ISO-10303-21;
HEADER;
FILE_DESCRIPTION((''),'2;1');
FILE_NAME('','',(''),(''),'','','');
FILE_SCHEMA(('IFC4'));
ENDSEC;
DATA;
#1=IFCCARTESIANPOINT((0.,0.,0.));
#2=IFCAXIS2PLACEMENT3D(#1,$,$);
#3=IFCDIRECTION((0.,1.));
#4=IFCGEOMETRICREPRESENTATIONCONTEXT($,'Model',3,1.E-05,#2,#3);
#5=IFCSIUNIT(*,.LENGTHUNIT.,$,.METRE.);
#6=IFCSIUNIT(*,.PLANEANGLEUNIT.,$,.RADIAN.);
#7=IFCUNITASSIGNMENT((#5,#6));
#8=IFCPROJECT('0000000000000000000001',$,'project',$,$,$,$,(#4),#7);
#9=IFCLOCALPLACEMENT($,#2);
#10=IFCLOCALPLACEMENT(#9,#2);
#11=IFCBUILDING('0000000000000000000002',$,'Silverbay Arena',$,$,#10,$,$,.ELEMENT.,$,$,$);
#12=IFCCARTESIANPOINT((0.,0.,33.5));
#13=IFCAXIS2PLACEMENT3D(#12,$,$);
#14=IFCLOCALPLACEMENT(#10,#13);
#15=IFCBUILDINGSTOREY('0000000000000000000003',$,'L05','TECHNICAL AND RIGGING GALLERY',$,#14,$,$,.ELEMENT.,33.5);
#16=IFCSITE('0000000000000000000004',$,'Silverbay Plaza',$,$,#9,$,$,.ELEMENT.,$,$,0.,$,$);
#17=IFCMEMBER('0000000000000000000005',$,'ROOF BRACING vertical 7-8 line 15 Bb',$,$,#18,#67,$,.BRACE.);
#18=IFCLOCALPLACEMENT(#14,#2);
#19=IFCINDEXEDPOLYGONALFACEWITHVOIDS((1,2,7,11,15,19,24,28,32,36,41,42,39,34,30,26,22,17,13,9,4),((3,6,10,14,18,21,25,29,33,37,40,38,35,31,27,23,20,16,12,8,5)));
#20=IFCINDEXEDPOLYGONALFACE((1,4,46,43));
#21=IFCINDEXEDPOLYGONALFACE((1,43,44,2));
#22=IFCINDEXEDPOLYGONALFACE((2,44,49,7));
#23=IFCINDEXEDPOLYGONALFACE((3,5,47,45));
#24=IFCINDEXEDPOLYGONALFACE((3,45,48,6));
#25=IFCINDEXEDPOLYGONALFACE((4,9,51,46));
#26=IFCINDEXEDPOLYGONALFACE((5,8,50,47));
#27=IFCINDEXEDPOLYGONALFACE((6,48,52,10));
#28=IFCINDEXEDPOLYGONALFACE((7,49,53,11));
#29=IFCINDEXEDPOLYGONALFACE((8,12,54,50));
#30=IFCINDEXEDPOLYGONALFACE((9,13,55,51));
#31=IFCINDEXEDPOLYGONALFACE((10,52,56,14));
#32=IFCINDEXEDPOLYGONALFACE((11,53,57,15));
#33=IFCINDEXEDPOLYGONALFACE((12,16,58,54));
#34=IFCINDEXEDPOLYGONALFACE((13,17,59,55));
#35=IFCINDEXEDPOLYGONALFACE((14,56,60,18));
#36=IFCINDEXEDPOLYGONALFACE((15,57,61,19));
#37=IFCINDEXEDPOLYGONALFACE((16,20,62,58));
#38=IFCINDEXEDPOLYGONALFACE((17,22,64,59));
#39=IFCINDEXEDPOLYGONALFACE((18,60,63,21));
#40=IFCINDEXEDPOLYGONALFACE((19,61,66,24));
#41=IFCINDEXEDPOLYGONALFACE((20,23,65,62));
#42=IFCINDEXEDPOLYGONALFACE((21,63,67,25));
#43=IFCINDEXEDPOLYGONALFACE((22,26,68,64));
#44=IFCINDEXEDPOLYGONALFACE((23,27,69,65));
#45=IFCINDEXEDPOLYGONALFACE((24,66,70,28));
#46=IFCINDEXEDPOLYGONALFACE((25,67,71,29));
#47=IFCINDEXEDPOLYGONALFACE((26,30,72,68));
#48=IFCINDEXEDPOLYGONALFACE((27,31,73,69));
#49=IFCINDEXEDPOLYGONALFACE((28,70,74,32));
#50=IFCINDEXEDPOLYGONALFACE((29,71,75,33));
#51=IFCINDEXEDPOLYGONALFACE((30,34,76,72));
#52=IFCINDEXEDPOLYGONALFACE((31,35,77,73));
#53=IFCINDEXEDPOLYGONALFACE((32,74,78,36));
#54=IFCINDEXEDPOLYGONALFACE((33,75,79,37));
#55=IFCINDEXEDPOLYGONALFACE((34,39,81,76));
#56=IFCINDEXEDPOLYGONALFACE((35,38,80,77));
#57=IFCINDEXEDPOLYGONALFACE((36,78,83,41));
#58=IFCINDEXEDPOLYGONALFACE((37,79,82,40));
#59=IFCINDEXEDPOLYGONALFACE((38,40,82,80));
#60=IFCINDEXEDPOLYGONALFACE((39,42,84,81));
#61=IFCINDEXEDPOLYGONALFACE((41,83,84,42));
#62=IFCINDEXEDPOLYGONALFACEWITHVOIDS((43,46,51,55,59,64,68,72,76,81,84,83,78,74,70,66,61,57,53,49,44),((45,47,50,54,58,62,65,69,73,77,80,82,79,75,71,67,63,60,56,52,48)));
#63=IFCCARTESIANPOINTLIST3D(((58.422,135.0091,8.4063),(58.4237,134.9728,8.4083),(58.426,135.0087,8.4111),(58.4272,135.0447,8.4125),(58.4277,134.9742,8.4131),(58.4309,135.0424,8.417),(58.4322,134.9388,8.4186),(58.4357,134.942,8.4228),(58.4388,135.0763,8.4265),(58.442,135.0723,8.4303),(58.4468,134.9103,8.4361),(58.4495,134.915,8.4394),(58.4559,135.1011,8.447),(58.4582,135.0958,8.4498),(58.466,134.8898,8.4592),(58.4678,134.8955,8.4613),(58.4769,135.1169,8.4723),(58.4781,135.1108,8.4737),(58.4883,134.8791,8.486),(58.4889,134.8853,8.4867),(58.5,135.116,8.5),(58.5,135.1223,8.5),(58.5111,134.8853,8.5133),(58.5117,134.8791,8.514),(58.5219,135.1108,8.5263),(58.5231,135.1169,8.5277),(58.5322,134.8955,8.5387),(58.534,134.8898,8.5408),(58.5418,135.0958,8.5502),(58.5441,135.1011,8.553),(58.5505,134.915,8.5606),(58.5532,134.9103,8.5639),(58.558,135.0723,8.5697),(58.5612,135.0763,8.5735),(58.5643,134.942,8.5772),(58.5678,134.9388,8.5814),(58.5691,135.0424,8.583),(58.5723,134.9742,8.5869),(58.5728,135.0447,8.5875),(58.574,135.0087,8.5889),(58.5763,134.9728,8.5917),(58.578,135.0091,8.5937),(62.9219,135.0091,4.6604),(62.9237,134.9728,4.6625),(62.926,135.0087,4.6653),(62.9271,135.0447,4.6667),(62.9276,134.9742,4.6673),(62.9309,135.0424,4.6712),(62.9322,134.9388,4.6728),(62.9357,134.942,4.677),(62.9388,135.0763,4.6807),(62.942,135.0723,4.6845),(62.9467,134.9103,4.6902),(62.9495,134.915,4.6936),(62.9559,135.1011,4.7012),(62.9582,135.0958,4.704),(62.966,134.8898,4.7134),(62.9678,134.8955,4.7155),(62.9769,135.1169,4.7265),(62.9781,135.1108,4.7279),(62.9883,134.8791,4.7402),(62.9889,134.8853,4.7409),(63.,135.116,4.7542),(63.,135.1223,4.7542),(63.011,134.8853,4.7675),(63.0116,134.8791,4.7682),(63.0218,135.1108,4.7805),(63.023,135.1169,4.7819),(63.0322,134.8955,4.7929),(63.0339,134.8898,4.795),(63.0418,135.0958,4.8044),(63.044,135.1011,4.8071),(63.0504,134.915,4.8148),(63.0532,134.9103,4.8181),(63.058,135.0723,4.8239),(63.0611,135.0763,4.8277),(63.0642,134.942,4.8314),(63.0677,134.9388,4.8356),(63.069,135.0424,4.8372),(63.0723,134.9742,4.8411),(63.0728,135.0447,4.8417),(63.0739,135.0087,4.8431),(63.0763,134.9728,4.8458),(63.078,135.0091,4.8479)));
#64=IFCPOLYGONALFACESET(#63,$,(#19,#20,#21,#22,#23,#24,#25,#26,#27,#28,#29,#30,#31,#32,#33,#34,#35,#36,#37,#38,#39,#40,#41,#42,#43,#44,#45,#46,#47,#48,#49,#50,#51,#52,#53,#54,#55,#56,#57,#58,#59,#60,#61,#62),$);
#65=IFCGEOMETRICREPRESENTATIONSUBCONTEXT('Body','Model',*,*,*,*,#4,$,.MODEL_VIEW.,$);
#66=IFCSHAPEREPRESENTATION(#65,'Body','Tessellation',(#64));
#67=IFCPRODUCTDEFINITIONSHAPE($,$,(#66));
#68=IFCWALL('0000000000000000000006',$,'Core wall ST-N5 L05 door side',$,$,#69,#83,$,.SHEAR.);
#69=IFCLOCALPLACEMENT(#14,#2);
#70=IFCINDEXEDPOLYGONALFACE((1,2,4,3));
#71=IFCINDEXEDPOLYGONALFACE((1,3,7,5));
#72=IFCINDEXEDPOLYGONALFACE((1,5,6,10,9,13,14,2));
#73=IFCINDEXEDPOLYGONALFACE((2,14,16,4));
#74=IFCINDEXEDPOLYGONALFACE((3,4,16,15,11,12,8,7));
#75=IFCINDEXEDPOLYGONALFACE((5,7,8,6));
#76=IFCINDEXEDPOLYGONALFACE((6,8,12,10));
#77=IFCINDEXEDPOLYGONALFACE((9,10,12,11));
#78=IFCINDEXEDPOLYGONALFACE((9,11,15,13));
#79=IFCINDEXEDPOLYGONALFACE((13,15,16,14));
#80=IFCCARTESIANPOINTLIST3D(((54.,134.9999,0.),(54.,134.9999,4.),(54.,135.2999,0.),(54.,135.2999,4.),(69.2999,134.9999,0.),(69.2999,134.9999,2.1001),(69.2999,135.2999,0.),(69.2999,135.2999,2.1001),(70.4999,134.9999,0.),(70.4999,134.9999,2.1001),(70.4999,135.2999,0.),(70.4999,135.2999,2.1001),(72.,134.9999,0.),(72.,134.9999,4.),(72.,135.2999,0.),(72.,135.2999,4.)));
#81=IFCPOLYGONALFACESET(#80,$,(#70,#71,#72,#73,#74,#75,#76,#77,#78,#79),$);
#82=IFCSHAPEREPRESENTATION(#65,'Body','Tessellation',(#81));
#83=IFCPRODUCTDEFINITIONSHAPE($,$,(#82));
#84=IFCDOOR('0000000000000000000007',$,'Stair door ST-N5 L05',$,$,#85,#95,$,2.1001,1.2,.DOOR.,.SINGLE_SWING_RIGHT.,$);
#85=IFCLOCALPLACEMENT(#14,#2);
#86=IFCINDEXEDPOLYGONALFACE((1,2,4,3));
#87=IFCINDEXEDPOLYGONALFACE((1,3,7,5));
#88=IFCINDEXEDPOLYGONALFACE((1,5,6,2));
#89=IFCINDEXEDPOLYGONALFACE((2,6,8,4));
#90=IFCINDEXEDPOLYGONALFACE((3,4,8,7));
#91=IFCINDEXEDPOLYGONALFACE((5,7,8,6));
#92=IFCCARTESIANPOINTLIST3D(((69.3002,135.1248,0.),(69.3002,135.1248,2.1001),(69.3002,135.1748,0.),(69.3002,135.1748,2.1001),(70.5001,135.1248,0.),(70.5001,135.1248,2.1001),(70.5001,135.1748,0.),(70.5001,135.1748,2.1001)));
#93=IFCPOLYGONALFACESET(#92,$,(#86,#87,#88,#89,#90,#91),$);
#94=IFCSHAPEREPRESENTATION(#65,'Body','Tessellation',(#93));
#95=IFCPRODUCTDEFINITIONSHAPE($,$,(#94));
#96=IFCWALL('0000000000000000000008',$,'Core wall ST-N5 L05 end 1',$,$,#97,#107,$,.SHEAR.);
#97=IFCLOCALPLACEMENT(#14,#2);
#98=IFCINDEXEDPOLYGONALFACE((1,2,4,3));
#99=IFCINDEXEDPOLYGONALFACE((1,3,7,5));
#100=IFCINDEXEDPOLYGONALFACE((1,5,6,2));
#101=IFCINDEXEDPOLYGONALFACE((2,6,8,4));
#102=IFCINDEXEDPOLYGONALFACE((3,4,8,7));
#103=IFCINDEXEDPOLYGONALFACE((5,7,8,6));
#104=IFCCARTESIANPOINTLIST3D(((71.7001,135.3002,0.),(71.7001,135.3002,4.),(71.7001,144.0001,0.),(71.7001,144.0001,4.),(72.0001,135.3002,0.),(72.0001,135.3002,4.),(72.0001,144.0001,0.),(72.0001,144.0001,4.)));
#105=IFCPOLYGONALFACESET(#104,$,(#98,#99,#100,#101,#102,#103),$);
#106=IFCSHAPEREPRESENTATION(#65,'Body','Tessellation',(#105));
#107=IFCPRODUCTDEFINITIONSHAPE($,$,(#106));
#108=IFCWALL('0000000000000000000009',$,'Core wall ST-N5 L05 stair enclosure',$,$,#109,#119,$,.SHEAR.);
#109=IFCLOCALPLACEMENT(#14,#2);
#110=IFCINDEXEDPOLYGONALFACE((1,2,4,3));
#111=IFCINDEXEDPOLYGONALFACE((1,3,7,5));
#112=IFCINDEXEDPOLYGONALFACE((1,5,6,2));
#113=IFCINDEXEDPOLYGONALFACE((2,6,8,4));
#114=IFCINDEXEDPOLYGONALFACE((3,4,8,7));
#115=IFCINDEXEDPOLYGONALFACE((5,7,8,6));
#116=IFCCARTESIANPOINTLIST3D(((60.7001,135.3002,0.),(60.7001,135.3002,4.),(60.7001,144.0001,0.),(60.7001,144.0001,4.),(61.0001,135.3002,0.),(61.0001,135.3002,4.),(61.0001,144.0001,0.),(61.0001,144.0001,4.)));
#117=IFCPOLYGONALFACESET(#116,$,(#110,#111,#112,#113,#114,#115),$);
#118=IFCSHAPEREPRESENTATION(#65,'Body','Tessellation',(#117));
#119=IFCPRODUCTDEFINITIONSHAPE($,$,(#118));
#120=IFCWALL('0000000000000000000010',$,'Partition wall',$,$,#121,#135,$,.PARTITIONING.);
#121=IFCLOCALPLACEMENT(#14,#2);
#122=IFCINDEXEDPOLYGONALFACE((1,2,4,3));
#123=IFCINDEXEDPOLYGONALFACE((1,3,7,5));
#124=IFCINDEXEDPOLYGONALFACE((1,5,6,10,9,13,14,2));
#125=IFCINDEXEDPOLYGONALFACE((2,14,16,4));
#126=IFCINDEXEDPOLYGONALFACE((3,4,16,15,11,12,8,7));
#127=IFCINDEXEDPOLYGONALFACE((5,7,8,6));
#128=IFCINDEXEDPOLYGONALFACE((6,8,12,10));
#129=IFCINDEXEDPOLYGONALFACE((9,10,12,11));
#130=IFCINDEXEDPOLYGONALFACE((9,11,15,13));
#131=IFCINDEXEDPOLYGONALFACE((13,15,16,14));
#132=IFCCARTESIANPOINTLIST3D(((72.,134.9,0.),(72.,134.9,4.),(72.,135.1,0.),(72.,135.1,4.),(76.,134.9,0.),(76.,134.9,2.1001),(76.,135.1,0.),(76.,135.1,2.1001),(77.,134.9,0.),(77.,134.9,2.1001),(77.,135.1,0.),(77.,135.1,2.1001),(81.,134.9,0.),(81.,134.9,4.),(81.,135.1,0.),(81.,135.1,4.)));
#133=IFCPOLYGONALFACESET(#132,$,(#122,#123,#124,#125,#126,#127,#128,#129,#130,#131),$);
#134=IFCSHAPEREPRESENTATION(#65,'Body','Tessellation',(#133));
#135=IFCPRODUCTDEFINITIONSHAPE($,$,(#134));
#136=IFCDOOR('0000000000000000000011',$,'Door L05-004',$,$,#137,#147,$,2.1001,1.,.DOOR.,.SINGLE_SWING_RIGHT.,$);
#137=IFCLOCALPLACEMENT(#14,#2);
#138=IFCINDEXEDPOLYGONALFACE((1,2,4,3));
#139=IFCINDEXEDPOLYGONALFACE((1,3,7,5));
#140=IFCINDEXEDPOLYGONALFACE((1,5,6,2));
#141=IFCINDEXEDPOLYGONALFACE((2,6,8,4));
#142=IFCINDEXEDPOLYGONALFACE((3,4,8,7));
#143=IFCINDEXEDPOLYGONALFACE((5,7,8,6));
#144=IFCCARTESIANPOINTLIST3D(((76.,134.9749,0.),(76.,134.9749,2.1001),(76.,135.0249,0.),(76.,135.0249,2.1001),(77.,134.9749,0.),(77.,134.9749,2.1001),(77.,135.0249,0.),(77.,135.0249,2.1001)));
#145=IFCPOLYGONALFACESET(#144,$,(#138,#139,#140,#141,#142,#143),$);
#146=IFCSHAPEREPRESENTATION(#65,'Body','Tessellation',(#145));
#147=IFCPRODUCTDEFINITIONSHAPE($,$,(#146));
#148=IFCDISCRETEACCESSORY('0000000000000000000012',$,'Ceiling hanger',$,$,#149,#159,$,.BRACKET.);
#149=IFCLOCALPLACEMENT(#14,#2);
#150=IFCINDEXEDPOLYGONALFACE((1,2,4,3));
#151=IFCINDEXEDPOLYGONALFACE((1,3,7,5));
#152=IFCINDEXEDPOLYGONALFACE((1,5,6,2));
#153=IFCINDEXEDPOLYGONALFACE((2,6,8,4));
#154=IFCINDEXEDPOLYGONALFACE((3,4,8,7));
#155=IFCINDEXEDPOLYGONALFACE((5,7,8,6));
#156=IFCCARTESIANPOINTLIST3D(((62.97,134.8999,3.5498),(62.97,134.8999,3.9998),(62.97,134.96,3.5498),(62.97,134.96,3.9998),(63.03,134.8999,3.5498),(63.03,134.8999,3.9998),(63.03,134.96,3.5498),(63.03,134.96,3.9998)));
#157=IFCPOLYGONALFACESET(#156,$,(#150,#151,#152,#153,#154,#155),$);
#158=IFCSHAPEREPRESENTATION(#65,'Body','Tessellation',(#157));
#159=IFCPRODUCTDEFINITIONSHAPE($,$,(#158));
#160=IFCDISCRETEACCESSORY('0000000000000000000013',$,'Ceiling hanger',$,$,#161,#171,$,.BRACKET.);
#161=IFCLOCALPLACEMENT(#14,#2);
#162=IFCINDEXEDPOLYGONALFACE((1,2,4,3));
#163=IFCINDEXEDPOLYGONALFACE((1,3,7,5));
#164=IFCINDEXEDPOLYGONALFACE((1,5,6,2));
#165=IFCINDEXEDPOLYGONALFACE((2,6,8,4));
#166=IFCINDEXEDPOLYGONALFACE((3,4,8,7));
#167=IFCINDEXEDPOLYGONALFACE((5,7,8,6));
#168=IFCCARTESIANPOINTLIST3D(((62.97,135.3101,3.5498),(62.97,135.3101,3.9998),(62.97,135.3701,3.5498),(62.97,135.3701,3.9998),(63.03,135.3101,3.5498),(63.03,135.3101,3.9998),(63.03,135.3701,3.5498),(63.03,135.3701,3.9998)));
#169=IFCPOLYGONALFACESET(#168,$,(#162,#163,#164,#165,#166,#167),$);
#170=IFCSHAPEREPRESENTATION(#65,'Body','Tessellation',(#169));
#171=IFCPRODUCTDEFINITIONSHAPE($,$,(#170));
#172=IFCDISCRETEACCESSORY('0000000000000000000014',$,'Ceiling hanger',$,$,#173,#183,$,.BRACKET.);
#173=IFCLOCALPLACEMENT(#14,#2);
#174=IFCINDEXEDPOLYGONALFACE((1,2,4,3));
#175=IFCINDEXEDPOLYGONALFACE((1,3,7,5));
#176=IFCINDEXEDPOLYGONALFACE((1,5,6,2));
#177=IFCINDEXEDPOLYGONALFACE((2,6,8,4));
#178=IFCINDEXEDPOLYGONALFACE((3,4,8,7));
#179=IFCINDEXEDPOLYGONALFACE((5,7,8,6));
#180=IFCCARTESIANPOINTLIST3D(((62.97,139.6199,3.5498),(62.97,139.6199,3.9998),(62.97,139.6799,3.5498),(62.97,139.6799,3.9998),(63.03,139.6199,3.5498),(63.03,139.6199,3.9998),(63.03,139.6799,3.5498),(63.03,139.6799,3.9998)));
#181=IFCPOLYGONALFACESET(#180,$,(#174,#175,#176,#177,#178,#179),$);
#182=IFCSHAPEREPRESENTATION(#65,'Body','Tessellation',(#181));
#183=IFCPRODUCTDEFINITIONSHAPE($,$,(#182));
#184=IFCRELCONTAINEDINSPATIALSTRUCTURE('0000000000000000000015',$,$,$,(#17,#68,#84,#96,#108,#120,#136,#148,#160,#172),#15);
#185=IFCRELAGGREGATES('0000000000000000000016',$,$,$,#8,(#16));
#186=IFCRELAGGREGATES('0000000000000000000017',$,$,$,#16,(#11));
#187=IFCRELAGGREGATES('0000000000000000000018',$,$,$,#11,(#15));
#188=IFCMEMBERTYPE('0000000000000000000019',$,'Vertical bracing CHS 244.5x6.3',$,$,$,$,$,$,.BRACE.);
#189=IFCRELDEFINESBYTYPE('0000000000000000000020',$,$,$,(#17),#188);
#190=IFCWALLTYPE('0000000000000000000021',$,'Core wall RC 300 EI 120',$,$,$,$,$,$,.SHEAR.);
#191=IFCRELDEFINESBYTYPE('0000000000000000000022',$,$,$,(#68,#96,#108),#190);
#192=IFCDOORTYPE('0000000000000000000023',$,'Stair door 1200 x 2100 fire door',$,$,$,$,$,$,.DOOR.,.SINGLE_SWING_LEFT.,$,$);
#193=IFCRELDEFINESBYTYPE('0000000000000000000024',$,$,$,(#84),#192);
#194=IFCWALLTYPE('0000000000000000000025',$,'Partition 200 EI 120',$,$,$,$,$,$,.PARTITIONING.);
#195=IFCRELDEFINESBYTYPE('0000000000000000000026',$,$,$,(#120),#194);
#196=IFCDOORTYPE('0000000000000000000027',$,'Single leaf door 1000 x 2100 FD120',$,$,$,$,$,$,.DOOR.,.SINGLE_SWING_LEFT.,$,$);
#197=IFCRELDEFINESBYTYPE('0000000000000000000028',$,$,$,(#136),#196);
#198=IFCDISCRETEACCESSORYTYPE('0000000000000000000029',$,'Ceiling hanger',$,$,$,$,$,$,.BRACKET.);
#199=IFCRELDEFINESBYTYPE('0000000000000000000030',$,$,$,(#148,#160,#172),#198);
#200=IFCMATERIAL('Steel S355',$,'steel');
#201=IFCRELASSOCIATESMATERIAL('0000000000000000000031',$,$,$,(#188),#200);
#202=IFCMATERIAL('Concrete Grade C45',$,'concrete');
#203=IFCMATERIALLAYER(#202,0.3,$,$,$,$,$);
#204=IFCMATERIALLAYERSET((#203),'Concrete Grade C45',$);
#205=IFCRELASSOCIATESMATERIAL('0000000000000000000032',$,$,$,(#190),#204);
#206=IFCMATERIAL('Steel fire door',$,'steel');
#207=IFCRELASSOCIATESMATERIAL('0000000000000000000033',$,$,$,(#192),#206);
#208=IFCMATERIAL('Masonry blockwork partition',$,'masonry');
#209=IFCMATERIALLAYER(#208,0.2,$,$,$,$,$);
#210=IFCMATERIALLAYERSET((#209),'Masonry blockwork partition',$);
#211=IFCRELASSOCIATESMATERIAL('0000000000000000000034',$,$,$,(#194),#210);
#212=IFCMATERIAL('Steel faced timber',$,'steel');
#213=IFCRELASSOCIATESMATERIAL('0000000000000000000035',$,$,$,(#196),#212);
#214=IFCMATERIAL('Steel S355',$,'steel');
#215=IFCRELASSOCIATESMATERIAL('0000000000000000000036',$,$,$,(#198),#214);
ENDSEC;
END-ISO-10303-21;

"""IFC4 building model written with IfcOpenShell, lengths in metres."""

from ifc_helpers import new_model, si_unit, direction, frame, frame_2d, origin, origin_2d, place, context, subcontext, project, spatial, rectangle, hollow_circle, extrude, material, layer, layer_set, material_profile, profile_set, type_object, element, fill, save


model = new_model("IFC4")

# Units and contexts
model_context = context("Model", 3, precision=1e-05, world=origin(), true_north=direction((0.0, 1.0)))
body_context = subcontext(model_context, "Body", "Model", "MODEL_VIEW")
ifc_project = project(units=[si_unit("LENGTHUNIT", "METRE"), si_unit("PLANEANGLEUNIT", "RADIAN")], contexts=[model_context])

# Site, building, storey
site_placement = place(None, origin())
site = spatial("IfcSite", under=ifc_project, at=site_placement, Name="Silverbay Plaza", CompositionType="ELEMENT", RefElevation=0.0)
building_placement = place(site_placement, origin())
building = spatial("IfcBuilding", under=site, at=building_placement, Name="Silverbay Arena", CompositionType="ELEMENT")
storey_placement = place(building_placement, frame((0.0, 0.0, 33.5)))
storey = spatial("IfcBuildingStorey", under=building, at=storey_placement, Name="L05", Description="TECHNICAL AND RIGGING GALLERY", CompositionType="ELEMENT", Elevation=33.5)

# Member
ifc_material_1 = material(Name="Steel S355", Category="steel")
ifc_material_profile_1 = material_profile(ifc_material_1, hollow_circle(Radius=0.1223, WallThickness=0.0063, at=origin_2d()), Name="CHS 244.5x6.3")
ifc_profile_set_1 = profile_set([ifc_material_profile_1], Name="Steel S355")
member_type_1 = type_object("IfcMemberType", Name="Vertical bracing CHS 244.5x6.3", PredefinedType="BRACE", material=ifc_profile_set_1)
for number, where, z_axis, x_axis, name in (
    (1, (58.5, 135.0, 8.5), (0.76857, 0.0, -0.639766), (0.0, 1.0, 0.0), "ROOF BRACING vertical 7-8 line 15 Bb"),
):
    element("IfcMember", number, at=place(storey_placement, frame(where, z_axis=z_axis, x_axis=x_axis)), inside=storey, type_object=member_type_1, Name=name, PredefinedType="BRACE", context=body_context, shape_type="SweptSolid", body=[
        extrude(hollow_circle(Radius=0.1223, WallThickness=0.0063, at=origin_2d()), origin(), (0.0, 0.0, 1.0), 5.855),
    ])

# Wall, opening, door
ifc_material_2 = material(Name="Concrete Grade C45", Category="concrete")
ifc_layer_1 = layer(ifc_material_2, 0.3)
ifc_layer_set_1 = layer_set([ifc_layer_1], Name="Concrete Grade C45")
wall_type_1 = type_object("IfcWallType", Name="Core wall RC 300 EI 120", PredefinedType="SHEAR", material=ifc_layer_set_1)
wall_1_placement = place(storey_placement, frame((72.0, 135.1499, 0.0), z_axis=(0.0, 0.0, 1.0), x_axis=(-1.0, 0.0, 0.0)))
wall_1 = element("IfcWall", 2, at=wall_1_placement, inside=storey, type_object=wall_type_1, Name="Core wall ST-N5 L05 door side", PredefinedType="SHEAR", context=body_context, shape_type="SweptSolid", body=[
    extrude(rectangle(XDim=18.0, YDim=0.3, at=frame_2d((9.0, 0.0))), origin(), (0.0, 0.0, 1.0), 4.0),
])
opening_1_placement = place(wall_1_placement, frame((1.5, 0.0, 0.0)))
opening_1 = element("IfcOpeningElement", 3, at=opening_1_placement, cuts=wall_1, PredefinedType="OPENING", context=body_context, shape_type="SweptSolid", body=[
    extrude(rectangle(XDim=1.2, YDim=2.1001, at=frame_2d((0.6001, 1.05))), frame((0.0, 0.1602, 0.0), z_axis=(0.0, -1.0, 0.0), x_axis=(1.0, 0.0, 0.0)), (0.0, 0.0, 1.0), 0.3201),
])
ifc_material_3 = material(Name="Steel fire door", Category="steel")
door_type_1 = type_object("IfcDoorType", Name="Stair door 1200 x 2100 fire door", OperationType="SINGLE_SWING_LEFT", PredefinedType="DOOR", material=ifc_material_3)
door_1_placement = place(opening_1_placement, frame((1.2, 0.0, 0.0), z_axis=(0.0, 0.0, 1.0), x_axis=(-1.0, 0.0, 0.0)))
door_1 = element("IfcDoor", 4, at=door_1_placement, inside=storey, type_object=door_type_1, Name="Stair door ST-N5 L05", OperationType="SINGLE_SWING_RIGHT", OverallHeight=2.1001, OverallWidth=1.2, PredefinedType="DOOR", context=body_context, shape_type="SweptSolid", body=[
    extrude(rectangle(XDim=1.2, YDim=2.1001, at=frame_2d((0.6001, 1.05))), frame((0.0, 0.0249, 0.0), z_axis=(0.0, -1.0, 0.0), x_axis=(1.0, 0.0, 0.0)), (0.0, 0.0, 1.0), 0.05),
])
fill(opening_1, door_1)

# Walls
for number, where, z_axis, x_axis, name in (
    (5, (71.8501, 135.3, 0.0), (0.0, 0.0, 1.0), (0.0, 1.0, 0.0), "Core wall ST-N5 L05 end 1"),
    (6, (60.8501, 135.3, 0.0), (0.0, 0.0, 1.0), (0.0, 1.0, 0.0), "Core wall ST-N5 L05 stair enclosure"),
):
    element("IfcWall", number, at=place(storey_placement, frame(where, z_axis=z_axis, x_axis=x_axis)), inside=storey, type_object=wall_type_1, Name=name, PredefinedType="SHEAR", context=body_context, shape_type="SweptSolid", body=[
        extrude(rectangle(XDim=8.7, YDim=0.3, at=frame_2d((4.3501, 0.0))), origin(), (0.0, 0.0, 1.0), 4.0),
    ])

# Wall, opening, door
ifc_material_4 = material(Name="Masonry blockwork partition", Category="masonry")
ifc_layer_2 = layer(ifc_material_4, 0.2)
ifc_layer_set_2 = layer_set([ifc_layer_2], Name="Masonry blockwork partition")
wall_type_2 = type_object("IfcWallType", Name="Partition 200 EI 120", PredefinedType="PARTITIONING", material=ifc_layer_set_2)
wall_2_placement = place(storey_placement, frame((72.0, 135.0, 0.0), z_axis=(0.0, 0.0, 1.0), x_axis=(1.0, 0.0, 0.0)))
wall_2 = element("IfcWall", 7, at=wall_2_placement, inside=storey, type_object=wall_type_2, Name="Partition wall", PredefinedType="PARTITIONING", context=body_context, shape_type="SweptSolid", body=[
    extrude(rectangle(XDim=9.0, YDim=0.2, at=frame_2d((4.5, 0.0))), origin(), (0.0, 0.0, 1.0), 4.0),
])
opening_2_placement = place(wall_2_placement, frame((4.0, 0.0, 0.0)))
opening_2 = element("IfcOpeningElement", 8, at=opening_2_placement, cuts=wall_2, PredefinedType="OPENING", context=body_context, shape_type="SweptSolid", body=[
    extrude(rectangle(XDim=1.0, YDim=2.1001, at=frame_2d((0.5, 1.05))), frame((0.0, 0.1099, 0.0), z_axis=(0.0, -1.0, 0.0), x_axis=(1.0, 0.0, 0.0)), (0.0, 0.0, 1.0), 0.22),
])
ifc_material_5 = material(Name="Steel faced timber", Category="steel")
door_type_2 = type_object("IfcDoorType", Name="Single leaf door 1000 x 2100 FD120", OperationType="SINGLE_SWING_LEFT", PredefinedType="DOOR", material=ifc_material_5)
door_2_placement = place(opening_2_placement, origin())
door_2 = element("IfcDoor", 9, at=door_2_placement, inside=storey, type_object=door_type_2, Name="Door L05-004", OperationType="SINGLE_SWING_RIGHT", OverallHeight=2.1001, OverallWidth=1.0, PredefinedType="DOOR", context=body_context, shape_type="SweptSolid", body=[
    extrude(rectangle(XDim=1.0, YDim=2.1001, at=frame_2d((0.5, 1.05))), frame((0.0, 0.0249, 0.0), z_axis=(0.0, -1.0, 0.0), x_axis=(1.0, 0.0, 0.0)), (0.0, 0.0, 1.0), 0.05),
])
fill(opening_2, door_2)

# Discrete accessories
ifc_material_6 = material(Name="Steel S355", Category="steel")
discrete_accessory_type = type_object("IfcDiscreteAccessoryType", Name="Ceiling hanger", PredefinedType="BRACKET", material=ifc_material_6)
for number, where, z_axis, x_axis, name in (
    (10, (63.0, 134.9299, 3.5498), (0.0, 0.0, 1.0), (1.0, 0.0, 0.0), "Ceiling hanger"),
    (11, (63.0, 135.3401, 3.5498), (0.0, 0.0, 1.0), (1.0, 0.0, 0.0), "Ceiling hanger"),
    (12, (63.0, 139.6499, 3.5498), (0.0, 0.0, 1.0), (1.0, 0.0, 0.0), "Ceiling hanger"),
):
    element("IfcDiscreteAccessory", number, at=place(storey_placement, frame(where, z_axis=z_axis, x_axis=x_axis)), inside=storey, type_object=discrete_accessory_type, Name=name, PredefinedType="BRACKET", context=body_context, shape_type="SweptSolid", body=[
        extrude(rectangle(XDim=0.0601, YDim=0.0601, at=origin_2d()), origin(), (0.0, 0.0, 1.0), 0.45),
    ])

save(model, "model.ifc")
